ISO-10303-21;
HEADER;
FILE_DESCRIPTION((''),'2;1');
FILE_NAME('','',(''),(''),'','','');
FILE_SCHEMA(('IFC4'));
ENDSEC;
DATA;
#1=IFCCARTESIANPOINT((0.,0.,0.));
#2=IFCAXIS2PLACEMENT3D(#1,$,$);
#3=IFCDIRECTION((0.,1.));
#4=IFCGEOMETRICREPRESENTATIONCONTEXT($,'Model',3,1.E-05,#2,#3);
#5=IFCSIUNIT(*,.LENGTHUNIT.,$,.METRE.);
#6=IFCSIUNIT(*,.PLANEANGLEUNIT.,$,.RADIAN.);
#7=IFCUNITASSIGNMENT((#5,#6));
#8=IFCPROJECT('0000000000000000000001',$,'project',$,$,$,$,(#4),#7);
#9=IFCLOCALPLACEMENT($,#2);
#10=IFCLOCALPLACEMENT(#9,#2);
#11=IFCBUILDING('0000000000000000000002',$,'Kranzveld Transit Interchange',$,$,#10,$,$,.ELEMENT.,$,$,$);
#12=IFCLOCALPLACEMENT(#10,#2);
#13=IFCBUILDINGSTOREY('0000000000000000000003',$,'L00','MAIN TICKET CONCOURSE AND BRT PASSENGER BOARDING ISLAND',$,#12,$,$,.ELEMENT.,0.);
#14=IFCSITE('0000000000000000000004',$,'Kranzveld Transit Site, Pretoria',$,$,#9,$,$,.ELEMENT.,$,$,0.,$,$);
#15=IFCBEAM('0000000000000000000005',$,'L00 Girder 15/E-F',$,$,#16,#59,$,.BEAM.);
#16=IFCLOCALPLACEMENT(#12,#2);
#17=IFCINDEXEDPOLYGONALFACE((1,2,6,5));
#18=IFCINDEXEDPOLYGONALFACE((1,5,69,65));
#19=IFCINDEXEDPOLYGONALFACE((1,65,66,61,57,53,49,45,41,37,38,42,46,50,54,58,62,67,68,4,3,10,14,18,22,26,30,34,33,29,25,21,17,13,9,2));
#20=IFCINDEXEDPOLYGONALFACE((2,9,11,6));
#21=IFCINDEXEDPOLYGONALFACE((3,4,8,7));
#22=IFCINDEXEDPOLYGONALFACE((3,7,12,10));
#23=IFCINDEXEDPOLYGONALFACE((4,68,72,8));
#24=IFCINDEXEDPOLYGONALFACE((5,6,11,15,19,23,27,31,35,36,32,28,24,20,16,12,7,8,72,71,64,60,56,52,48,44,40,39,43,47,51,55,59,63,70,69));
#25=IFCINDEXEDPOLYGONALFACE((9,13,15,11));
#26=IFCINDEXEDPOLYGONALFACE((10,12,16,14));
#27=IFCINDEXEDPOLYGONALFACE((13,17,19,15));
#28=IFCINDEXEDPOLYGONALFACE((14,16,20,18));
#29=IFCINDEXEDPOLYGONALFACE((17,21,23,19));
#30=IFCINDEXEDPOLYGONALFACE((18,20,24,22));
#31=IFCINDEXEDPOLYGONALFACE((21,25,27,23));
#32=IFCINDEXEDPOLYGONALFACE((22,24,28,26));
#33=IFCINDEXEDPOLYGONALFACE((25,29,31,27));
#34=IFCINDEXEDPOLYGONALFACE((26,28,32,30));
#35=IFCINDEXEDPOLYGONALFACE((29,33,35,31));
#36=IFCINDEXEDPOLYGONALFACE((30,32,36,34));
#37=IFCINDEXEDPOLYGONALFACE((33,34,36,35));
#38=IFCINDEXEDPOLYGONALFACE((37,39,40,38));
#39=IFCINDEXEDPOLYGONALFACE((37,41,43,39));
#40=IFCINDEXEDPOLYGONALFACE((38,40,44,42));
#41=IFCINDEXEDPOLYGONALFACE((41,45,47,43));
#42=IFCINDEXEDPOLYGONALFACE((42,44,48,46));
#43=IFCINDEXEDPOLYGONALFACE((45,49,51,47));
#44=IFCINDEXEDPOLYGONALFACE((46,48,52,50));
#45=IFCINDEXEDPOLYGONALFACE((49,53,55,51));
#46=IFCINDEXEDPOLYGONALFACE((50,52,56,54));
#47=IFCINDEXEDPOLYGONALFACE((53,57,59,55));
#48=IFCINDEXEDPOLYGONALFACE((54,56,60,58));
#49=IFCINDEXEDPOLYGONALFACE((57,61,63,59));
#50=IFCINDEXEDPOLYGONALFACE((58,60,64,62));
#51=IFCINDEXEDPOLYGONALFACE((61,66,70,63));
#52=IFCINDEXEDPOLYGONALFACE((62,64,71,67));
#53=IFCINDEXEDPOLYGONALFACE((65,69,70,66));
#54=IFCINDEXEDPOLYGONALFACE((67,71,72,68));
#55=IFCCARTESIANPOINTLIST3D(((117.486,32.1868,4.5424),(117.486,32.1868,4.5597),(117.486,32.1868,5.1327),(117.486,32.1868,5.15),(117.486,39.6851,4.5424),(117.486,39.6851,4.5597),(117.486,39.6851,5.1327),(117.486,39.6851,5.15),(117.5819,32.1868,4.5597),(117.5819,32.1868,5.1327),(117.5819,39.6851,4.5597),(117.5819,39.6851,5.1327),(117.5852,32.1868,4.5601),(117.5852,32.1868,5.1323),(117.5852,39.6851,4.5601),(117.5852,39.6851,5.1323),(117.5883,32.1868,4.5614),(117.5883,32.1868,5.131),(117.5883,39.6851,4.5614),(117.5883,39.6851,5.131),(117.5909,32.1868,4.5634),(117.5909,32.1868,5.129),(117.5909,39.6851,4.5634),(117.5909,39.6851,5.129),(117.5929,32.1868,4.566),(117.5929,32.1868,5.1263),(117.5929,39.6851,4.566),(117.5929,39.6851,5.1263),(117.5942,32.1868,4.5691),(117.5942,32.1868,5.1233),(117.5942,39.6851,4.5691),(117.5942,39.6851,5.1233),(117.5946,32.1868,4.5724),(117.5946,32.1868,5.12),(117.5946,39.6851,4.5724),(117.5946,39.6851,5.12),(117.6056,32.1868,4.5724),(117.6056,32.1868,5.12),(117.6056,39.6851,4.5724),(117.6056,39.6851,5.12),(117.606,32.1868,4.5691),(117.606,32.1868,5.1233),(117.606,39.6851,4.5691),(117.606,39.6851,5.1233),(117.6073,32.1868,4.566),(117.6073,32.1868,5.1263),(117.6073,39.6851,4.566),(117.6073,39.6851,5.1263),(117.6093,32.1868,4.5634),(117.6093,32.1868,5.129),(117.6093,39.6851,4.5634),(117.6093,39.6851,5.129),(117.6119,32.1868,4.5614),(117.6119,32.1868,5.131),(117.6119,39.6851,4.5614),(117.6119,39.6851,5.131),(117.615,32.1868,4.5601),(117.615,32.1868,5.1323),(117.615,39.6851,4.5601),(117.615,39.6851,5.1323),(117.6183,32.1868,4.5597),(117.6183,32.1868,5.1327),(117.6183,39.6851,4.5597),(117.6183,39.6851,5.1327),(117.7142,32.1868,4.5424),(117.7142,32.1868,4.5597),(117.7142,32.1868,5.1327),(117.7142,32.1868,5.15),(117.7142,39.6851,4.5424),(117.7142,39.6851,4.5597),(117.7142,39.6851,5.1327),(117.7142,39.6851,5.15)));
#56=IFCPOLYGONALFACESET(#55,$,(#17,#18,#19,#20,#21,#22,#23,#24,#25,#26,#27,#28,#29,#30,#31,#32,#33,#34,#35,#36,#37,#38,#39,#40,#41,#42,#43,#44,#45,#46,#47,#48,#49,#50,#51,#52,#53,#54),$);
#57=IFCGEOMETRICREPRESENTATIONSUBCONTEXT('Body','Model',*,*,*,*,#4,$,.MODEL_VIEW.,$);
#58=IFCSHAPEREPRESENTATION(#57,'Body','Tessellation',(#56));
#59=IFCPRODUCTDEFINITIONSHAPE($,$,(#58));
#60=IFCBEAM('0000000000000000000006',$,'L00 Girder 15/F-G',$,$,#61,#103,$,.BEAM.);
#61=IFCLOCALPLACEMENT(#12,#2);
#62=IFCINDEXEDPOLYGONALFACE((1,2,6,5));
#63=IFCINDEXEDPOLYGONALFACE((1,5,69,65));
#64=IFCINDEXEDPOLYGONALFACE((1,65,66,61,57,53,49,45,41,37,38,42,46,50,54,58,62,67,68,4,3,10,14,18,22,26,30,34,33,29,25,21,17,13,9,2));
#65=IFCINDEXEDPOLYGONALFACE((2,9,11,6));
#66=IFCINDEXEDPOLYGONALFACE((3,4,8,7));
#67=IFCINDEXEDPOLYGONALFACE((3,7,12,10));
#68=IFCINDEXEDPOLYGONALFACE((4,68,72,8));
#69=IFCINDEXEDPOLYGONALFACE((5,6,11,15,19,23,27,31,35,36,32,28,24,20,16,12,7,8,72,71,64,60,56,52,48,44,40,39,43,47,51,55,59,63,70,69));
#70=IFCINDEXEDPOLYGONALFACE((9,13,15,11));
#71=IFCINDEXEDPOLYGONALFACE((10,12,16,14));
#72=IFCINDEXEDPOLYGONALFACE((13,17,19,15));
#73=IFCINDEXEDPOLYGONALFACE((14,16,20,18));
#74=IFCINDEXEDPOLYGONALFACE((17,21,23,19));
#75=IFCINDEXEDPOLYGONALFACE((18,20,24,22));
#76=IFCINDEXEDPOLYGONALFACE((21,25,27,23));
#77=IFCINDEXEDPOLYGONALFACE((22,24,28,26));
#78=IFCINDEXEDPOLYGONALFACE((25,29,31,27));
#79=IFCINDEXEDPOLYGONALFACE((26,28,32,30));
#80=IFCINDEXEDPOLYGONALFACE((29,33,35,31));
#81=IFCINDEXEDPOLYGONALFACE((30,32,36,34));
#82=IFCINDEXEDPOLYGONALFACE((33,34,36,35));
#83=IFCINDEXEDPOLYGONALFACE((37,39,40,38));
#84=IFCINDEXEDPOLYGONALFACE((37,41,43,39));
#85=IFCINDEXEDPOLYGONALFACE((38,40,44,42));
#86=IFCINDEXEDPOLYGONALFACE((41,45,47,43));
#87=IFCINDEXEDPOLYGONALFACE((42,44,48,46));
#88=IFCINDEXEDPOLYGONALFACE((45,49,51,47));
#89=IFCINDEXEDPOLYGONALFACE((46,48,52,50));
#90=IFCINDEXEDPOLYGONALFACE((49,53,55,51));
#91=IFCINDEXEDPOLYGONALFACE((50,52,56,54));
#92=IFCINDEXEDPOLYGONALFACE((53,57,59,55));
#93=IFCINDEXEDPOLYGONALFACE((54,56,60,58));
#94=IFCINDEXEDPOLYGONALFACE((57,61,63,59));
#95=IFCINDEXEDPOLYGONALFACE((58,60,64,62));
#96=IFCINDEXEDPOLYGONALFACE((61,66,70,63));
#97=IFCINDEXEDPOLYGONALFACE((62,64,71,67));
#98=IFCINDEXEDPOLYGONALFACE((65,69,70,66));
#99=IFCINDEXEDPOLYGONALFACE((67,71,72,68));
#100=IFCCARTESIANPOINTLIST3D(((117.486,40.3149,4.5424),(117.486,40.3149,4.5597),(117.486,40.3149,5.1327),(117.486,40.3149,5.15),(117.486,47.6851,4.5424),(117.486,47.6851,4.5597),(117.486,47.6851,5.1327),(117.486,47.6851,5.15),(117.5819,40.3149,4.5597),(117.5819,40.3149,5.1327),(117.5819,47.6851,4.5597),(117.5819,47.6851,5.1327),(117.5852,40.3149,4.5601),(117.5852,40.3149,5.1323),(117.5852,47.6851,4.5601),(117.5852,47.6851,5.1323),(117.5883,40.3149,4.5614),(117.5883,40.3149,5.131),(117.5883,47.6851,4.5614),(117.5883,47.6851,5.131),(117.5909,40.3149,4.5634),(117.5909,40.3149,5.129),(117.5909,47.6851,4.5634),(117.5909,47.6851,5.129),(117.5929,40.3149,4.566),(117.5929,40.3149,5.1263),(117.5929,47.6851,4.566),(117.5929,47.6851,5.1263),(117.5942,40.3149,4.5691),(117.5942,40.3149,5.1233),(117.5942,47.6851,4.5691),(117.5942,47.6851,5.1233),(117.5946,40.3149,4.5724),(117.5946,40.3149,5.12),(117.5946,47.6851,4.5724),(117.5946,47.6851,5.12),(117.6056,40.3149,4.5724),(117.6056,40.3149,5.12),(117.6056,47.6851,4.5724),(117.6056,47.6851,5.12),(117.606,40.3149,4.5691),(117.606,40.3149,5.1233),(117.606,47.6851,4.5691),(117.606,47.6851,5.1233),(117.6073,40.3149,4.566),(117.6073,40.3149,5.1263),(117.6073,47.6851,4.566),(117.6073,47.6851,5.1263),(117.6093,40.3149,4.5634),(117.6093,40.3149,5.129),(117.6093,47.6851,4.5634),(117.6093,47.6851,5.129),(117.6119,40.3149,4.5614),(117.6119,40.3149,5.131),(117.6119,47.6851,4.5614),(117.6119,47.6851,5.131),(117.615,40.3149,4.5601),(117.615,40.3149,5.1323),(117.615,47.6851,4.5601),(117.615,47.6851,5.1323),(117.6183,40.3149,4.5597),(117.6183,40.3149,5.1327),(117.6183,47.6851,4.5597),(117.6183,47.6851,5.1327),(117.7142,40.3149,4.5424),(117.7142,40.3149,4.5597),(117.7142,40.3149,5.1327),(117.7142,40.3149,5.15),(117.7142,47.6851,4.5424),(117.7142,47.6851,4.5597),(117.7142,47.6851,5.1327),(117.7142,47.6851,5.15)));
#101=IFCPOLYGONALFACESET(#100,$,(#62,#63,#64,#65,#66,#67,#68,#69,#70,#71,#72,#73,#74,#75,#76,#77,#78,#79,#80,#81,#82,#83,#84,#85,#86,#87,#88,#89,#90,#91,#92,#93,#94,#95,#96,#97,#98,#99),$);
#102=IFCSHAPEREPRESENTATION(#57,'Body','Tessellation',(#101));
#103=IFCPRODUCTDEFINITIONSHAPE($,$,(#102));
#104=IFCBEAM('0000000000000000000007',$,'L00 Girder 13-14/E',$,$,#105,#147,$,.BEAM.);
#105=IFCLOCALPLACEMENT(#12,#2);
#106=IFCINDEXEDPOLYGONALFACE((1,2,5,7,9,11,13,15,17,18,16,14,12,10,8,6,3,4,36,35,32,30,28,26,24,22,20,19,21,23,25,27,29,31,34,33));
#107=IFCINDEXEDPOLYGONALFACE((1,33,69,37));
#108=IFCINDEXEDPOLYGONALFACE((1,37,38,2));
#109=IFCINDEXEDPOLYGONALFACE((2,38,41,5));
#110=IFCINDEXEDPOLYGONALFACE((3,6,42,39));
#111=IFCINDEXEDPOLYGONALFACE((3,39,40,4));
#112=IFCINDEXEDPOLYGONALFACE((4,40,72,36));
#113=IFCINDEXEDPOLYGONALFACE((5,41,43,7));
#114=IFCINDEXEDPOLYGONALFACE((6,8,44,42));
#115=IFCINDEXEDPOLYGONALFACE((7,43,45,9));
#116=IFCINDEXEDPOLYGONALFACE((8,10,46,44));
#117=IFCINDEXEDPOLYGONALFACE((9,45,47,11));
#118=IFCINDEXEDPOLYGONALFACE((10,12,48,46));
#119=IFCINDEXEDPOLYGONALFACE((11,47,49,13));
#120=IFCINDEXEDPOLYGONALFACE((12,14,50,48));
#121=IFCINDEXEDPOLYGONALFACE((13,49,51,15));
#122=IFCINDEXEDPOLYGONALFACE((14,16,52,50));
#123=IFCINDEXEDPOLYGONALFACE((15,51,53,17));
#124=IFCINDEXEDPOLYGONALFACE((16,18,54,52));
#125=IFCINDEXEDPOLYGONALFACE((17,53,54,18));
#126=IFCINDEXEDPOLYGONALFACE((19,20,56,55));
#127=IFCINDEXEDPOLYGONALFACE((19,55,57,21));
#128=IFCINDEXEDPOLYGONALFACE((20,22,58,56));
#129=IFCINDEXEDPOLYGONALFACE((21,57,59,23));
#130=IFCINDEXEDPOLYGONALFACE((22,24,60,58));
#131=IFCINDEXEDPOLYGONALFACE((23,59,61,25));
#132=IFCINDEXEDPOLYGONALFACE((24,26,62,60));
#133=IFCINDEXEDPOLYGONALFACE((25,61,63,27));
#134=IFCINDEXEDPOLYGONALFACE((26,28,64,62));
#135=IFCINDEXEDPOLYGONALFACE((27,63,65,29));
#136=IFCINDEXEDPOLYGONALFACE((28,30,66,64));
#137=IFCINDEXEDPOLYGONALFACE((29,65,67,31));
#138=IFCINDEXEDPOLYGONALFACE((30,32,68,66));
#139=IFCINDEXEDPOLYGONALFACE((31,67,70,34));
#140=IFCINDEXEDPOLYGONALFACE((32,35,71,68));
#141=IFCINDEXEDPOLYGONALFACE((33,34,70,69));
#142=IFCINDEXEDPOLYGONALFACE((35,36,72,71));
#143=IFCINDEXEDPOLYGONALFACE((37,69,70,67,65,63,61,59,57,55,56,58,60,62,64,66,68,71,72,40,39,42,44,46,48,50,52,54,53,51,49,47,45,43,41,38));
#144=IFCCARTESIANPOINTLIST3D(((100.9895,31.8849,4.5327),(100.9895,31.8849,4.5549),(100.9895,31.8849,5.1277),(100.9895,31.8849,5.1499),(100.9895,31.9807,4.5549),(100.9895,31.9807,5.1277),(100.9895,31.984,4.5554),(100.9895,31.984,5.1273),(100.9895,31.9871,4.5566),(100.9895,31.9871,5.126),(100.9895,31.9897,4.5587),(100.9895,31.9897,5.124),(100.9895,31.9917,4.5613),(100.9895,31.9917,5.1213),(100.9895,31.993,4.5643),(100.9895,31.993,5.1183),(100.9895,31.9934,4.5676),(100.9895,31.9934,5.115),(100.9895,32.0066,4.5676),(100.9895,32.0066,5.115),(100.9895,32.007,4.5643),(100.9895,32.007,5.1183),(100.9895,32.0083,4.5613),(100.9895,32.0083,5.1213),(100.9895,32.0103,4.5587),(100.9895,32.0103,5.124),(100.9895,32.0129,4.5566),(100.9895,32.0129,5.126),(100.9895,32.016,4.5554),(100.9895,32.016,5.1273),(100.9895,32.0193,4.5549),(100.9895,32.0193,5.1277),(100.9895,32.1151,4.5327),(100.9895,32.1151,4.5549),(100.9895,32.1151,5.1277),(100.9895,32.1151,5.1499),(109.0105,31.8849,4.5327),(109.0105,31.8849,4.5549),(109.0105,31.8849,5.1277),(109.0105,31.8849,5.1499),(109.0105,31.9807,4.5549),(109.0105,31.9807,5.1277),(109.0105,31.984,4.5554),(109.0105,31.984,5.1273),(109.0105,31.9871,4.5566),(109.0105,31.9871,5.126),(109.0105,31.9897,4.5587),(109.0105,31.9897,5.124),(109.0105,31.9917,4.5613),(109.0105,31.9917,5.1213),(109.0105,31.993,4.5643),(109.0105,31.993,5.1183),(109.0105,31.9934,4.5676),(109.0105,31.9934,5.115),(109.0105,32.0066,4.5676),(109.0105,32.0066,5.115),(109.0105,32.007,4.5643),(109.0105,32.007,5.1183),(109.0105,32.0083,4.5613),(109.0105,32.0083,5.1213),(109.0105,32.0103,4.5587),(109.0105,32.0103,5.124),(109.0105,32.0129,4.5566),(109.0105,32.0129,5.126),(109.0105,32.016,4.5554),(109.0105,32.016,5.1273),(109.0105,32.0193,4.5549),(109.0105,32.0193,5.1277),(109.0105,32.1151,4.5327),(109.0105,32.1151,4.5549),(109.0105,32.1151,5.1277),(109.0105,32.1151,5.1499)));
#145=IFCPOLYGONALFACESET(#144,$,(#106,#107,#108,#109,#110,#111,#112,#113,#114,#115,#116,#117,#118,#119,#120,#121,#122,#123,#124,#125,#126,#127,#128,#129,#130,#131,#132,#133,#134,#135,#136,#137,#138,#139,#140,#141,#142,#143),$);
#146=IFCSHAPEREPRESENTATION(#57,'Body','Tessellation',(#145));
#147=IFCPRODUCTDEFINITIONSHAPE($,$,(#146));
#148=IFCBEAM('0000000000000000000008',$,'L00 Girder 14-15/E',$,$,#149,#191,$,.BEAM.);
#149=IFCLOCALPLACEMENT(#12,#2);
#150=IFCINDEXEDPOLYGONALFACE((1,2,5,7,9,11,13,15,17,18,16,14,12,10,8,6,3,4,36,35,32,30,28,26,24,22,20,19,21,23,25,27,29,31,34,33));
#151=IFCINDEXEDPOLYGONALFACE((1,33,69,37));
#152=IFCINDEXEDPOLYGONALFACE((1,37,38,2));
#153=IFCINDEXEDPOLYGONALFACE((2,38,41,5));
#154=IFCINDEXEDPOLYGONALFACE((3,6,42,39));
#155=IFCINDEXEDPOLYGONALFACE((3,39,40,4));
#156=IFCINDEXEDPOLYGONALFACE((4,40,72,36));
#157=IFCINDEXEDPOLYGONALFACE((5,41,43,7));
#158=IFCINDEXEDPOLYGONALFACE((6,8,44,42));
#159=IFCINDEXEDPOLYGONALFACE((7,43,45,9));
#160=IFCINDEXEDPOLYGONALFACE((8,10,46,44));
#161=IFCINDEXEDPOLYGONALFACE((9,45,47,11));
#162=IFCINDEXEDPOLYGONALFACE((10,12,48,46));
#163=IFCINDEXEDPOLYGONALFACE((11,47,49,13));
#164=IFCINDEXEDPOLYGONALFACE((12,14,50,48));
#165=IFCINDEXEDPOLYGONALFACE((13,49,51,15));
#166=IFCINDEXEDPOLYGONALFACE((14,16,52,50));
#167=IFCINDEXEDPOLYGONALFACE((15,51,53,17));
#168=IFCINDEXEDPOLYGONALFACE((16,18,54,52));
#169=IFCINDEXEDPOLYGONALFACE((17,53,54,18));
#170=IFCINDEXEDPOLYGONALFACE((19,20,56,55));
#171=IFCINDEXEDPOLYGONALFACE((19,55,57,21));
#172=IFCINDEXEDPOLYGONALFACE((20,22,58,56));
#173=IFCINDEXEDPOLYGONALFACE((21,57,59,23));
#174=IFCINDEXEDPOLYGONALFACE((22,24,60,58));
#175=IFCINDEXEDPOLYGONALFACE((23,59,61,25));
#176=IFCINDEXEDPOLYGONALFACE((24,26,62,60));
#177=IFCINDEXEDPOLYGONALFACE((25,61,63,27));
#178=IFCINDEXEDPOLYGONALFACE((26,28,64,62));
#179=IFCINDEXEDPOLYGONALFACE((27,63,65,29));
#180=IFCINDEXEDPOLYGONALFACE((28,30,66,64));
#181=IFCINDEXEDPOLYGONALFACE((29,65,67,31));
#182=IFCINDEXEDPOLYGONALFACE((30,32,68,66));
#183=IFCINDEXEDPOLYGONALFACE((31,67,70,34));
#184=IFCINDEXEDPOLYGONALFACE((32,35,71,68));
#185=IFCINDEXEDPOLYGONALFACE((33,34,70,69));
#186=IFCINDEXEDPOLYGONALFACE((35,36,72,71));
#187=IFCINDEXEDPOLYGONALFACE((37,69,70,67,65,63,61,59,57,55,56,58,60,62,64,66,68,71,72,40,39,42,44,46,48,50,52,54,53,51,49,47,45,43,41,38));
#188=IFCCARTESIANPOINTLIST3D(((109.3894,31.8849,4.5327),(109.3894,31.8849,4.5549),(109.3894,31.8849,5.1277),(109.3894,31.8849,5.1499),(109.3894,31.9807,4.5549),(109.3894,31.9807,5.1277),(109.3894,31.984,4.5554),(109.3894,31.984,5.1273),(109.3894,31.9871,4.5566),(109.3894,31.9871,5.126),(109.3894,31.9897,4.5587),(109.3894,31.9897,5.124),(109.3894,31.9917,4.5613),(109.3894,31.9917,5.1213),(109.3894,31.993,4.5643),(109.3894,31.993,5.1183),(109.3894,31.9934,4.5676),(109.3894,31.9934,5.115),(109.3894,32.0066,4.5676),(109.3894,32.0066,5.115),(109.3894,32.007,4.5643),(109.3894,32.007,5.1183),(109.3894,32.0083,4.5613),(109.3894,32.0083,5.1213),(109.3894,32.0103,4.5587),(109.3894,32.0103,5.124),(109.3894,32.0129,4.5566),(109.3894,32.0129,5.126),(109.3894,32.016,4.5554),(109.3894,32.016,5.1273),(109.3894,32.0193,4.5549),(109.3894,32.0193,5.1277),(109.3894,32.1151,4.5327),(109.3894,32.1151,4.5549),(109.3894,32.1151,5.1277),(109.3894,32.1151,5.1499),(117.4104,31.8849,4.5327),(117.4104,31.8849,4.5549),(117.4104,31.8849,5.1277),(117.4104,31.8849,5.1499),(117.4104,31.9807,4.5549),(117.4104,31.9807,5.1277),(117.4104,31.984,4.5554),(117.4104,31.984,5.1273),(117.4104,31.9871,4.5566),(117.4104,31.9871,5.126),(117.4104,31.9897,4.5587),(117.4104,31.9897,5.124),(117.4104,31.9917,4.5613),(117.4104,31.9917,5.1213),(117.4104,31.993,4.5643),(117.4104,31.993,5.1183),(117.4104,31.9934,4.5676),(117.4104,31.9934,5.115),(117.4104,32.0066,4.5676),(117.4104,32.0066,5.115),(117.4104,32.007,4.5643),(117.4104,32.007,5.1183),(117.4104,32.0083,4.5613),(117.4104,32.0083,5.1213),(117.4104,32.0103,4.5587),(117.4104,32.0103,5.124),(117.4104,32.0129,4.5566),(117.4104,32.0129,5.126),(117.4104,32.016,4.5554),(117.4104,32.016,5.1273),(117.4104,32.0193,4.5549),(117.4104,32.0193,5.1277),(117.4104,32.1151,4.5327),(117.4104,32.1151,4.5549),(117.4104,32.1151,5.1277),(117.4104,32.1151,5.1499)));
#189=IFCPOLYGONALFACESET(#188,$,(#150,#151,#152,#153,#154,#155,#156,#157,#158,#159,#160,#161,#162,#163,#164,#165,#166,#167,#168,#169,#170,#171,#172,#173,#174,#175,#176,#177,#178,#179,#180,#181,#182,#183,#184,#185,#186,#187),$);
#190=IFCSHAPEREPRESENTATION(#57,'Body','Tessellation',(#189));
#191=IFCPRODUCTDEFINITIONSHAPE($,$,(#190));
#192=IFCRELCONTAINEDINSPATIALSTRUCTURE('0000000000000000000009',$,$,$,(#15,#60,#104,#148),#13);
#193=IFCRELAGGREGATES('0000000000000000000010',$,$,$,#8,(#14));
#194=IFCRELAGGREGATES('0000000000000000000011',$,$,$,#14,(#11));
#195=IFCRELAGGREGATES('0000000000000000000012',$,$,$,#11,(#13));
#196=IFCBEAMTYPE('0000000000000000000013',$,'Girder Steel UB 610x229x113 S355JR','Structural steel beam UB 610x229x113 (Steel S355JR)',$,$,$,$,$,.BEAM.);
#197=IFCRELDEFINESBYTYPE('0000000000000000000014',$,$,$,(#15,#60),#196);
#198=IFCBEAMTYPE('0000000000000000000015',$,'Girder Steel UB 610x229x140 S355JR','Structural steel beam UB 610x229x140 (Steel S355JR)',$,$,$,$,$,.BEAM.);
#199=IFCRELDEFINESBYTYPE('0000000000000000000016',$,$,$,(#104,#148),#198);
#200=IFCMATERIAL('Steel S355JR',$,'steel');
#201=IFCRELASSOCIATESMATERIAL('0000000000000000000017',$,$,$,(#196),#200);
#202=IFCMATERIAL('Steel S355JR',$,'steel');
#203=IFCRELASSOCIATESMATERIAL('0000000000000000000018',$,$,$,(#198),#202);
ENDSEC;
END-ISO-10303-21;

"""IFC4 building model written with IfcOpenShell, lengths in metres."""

from ifc_helpers import new_model, si_unit, direction, frame, origin, origin_2d, place, context, subcontext, project, spatial, i_section, extrude, material, material_profile, profile_set, type_object, element, save


model = new_model("IFC4")

# Units and contexts
model_context = context("Model", 3, precision=1e-05, world=origin(), true_north=direction((0.0, 1.0)))
body_context = subcontext(model_context, "Body", "Model", "MODEL_VIEW")
ifc_project = project(units=[si_unit("LENGTHUNIT", "METRE"), si_unit("PLANEANGLEUNIT", "RADIAN")], contexts=[model_context])

# Site, building, storey
site_placement = place(None, origin())
site = spatial("IfcSite", under=ifc_project, at=site_placement, Name="Kranzveld Transit Site, Pretoria", CompositionType="ELEMENT", RefElevation=0.0)
building_placement = place(site_placement, origin())
building = spatial("IfcBuilding", under=site, at=building_placement, Name="Kranzveld Transit Interchange", CompositionType="ELEMENT")
storey_placement = place(building_placement, origin())
storey = spatial("IfcBuildingStorey", under=building, at=storey_placement, Name="L00", Description="MAIN TICKET CONCOURSE AND BRT PASSENGER BOARDING ISLAND", CompositionType="ELEMENT", Elevation=0.0)

# Beams
ifc_material_1 = material(Name="Steel S355JR", Category="steel")
ifc_material_profile_1 = material_profile(ifc_material_1, i_section(OverallWidth=0.2283, OverallDepth=0.6077, WebThickness=0.011, FlangeThickness=0.0173, FilletRadius=0.0127, at=origin_2d()), Name="UB 610x229x113")
ifc_profile_set_1 = profile_set([ifc_material_profile_1], Name="Steel S355JR")
beam_type_1 = type_object("IfcBeamType", Name="Girder Steel UB 610x229x113 S355JR", Description="Structural steel beam UB 610x229x113 (Steel S355JR)", PredefinedType="BEAM", material=ifc_profile_set_1)
for number, where, z_axis, x_axis, name in (
    (1, (117.6001, 32.1868, 4.8462), (0.0, 1.0, 0.0), (-1.0, 0.0, 0.0), "L00 Girder 15/E-F"),
):
    element("IfcBeam", number, at=place(storey_placement, frame(where, z_axis=z_axis, x_axis=x_axis)), inside=storey, type_object=beam_type_1, Name=name, PredefinedType="BEAM", context=body_context, shape_type="SweptSolid", body=[
        extrude(i_section(OverallWidth=0.2283, OverallDepth=0.6077, WebThickness=0.011, FlangeThickness=0.0173, FilletRadius=0.0127, at=origin_2d()), origin(), (0.0, 0.0, 1.0), 7.4983),
    ])
beam_1_placement = place(storey_placement, frame((117.6001, 40.3149, 4.8462), z_axis=(0.0, 1.0, 0.0), x_axis=(-1.0, 0.0, 0.0)))
element("IfcBeam", 2, at=beam_1_placement, inside=storey, type_object=beam_type_1, Name="L00 Girder 15/F-G", PredefinedType="BEAM", context=body_context, shape_type="SweptSolid", body=[
    extrude(i_section(OverallWidth=0.2283, OverallDepth=0.6077, WebThickness=0.011, FlangeThickness=0.0173, FilletRadius=0.0127, at=origin_2d()), origin(), (0.0, 0.0, 1.0), 7.3701),
])
ifc_material_2 = material(Name="Steel S355JR", Category="steel")
ifc_material_profile_2 = material_profile(ifc_material_2, i_section(OverallWidth=0.2302, OverallDepth=0.6172, WebThickness=0.0132, FlangeThickness=0.0222, FilletRadius=0.0127, at=origin_2d()), Name="UB 610x229x140")
ifc_profile_set_2 = profile_set([ifc_material_profile_2], Name="Steel S355JR")
beam_type_2 = type_object("IfcBeamType", Name="Girder Steel UB 610x229x140 S355JR", Description="Structural steel beam UB 610x229x140 (Steel S355JR)", PredefinedType="BEAM", material=ifc_profile_set_2)
for number, where, z_axis, x_axis, name in (
    (3, (100.9895, 32.0, 4.8413), (1.0, 0.0, 0.0), (0.0, 1.0, 0.0), "L00 Girder 13-14/E"),
    (4, (109.3894, 32.0, 4.8413), (1.0, 0.0, 0.0), (0.0, 1.0, 0.0), "L00 Girder 14-15/E"),
):
    element("IfcBeam", number, at=place(storey_placement, frame(where, z_axis=z_axis, x_axis=x_axis)), inside=storey, type_object=beam_type_2, Name=name, PredefinedType="BEAM", context=body_context, shape_type="SweptSolid", body=[
        extrude(i_section(OverallWidth=0.2302, OverallDepth=0.6172, WebThickness=0.0132, FlangeThickness=0.0222, FilletRadius=0.0127, at=origin_2d()), origin(), (0.0, 0.0, 1.0), 8.021),
    ])

save(model, "model.ifc")
